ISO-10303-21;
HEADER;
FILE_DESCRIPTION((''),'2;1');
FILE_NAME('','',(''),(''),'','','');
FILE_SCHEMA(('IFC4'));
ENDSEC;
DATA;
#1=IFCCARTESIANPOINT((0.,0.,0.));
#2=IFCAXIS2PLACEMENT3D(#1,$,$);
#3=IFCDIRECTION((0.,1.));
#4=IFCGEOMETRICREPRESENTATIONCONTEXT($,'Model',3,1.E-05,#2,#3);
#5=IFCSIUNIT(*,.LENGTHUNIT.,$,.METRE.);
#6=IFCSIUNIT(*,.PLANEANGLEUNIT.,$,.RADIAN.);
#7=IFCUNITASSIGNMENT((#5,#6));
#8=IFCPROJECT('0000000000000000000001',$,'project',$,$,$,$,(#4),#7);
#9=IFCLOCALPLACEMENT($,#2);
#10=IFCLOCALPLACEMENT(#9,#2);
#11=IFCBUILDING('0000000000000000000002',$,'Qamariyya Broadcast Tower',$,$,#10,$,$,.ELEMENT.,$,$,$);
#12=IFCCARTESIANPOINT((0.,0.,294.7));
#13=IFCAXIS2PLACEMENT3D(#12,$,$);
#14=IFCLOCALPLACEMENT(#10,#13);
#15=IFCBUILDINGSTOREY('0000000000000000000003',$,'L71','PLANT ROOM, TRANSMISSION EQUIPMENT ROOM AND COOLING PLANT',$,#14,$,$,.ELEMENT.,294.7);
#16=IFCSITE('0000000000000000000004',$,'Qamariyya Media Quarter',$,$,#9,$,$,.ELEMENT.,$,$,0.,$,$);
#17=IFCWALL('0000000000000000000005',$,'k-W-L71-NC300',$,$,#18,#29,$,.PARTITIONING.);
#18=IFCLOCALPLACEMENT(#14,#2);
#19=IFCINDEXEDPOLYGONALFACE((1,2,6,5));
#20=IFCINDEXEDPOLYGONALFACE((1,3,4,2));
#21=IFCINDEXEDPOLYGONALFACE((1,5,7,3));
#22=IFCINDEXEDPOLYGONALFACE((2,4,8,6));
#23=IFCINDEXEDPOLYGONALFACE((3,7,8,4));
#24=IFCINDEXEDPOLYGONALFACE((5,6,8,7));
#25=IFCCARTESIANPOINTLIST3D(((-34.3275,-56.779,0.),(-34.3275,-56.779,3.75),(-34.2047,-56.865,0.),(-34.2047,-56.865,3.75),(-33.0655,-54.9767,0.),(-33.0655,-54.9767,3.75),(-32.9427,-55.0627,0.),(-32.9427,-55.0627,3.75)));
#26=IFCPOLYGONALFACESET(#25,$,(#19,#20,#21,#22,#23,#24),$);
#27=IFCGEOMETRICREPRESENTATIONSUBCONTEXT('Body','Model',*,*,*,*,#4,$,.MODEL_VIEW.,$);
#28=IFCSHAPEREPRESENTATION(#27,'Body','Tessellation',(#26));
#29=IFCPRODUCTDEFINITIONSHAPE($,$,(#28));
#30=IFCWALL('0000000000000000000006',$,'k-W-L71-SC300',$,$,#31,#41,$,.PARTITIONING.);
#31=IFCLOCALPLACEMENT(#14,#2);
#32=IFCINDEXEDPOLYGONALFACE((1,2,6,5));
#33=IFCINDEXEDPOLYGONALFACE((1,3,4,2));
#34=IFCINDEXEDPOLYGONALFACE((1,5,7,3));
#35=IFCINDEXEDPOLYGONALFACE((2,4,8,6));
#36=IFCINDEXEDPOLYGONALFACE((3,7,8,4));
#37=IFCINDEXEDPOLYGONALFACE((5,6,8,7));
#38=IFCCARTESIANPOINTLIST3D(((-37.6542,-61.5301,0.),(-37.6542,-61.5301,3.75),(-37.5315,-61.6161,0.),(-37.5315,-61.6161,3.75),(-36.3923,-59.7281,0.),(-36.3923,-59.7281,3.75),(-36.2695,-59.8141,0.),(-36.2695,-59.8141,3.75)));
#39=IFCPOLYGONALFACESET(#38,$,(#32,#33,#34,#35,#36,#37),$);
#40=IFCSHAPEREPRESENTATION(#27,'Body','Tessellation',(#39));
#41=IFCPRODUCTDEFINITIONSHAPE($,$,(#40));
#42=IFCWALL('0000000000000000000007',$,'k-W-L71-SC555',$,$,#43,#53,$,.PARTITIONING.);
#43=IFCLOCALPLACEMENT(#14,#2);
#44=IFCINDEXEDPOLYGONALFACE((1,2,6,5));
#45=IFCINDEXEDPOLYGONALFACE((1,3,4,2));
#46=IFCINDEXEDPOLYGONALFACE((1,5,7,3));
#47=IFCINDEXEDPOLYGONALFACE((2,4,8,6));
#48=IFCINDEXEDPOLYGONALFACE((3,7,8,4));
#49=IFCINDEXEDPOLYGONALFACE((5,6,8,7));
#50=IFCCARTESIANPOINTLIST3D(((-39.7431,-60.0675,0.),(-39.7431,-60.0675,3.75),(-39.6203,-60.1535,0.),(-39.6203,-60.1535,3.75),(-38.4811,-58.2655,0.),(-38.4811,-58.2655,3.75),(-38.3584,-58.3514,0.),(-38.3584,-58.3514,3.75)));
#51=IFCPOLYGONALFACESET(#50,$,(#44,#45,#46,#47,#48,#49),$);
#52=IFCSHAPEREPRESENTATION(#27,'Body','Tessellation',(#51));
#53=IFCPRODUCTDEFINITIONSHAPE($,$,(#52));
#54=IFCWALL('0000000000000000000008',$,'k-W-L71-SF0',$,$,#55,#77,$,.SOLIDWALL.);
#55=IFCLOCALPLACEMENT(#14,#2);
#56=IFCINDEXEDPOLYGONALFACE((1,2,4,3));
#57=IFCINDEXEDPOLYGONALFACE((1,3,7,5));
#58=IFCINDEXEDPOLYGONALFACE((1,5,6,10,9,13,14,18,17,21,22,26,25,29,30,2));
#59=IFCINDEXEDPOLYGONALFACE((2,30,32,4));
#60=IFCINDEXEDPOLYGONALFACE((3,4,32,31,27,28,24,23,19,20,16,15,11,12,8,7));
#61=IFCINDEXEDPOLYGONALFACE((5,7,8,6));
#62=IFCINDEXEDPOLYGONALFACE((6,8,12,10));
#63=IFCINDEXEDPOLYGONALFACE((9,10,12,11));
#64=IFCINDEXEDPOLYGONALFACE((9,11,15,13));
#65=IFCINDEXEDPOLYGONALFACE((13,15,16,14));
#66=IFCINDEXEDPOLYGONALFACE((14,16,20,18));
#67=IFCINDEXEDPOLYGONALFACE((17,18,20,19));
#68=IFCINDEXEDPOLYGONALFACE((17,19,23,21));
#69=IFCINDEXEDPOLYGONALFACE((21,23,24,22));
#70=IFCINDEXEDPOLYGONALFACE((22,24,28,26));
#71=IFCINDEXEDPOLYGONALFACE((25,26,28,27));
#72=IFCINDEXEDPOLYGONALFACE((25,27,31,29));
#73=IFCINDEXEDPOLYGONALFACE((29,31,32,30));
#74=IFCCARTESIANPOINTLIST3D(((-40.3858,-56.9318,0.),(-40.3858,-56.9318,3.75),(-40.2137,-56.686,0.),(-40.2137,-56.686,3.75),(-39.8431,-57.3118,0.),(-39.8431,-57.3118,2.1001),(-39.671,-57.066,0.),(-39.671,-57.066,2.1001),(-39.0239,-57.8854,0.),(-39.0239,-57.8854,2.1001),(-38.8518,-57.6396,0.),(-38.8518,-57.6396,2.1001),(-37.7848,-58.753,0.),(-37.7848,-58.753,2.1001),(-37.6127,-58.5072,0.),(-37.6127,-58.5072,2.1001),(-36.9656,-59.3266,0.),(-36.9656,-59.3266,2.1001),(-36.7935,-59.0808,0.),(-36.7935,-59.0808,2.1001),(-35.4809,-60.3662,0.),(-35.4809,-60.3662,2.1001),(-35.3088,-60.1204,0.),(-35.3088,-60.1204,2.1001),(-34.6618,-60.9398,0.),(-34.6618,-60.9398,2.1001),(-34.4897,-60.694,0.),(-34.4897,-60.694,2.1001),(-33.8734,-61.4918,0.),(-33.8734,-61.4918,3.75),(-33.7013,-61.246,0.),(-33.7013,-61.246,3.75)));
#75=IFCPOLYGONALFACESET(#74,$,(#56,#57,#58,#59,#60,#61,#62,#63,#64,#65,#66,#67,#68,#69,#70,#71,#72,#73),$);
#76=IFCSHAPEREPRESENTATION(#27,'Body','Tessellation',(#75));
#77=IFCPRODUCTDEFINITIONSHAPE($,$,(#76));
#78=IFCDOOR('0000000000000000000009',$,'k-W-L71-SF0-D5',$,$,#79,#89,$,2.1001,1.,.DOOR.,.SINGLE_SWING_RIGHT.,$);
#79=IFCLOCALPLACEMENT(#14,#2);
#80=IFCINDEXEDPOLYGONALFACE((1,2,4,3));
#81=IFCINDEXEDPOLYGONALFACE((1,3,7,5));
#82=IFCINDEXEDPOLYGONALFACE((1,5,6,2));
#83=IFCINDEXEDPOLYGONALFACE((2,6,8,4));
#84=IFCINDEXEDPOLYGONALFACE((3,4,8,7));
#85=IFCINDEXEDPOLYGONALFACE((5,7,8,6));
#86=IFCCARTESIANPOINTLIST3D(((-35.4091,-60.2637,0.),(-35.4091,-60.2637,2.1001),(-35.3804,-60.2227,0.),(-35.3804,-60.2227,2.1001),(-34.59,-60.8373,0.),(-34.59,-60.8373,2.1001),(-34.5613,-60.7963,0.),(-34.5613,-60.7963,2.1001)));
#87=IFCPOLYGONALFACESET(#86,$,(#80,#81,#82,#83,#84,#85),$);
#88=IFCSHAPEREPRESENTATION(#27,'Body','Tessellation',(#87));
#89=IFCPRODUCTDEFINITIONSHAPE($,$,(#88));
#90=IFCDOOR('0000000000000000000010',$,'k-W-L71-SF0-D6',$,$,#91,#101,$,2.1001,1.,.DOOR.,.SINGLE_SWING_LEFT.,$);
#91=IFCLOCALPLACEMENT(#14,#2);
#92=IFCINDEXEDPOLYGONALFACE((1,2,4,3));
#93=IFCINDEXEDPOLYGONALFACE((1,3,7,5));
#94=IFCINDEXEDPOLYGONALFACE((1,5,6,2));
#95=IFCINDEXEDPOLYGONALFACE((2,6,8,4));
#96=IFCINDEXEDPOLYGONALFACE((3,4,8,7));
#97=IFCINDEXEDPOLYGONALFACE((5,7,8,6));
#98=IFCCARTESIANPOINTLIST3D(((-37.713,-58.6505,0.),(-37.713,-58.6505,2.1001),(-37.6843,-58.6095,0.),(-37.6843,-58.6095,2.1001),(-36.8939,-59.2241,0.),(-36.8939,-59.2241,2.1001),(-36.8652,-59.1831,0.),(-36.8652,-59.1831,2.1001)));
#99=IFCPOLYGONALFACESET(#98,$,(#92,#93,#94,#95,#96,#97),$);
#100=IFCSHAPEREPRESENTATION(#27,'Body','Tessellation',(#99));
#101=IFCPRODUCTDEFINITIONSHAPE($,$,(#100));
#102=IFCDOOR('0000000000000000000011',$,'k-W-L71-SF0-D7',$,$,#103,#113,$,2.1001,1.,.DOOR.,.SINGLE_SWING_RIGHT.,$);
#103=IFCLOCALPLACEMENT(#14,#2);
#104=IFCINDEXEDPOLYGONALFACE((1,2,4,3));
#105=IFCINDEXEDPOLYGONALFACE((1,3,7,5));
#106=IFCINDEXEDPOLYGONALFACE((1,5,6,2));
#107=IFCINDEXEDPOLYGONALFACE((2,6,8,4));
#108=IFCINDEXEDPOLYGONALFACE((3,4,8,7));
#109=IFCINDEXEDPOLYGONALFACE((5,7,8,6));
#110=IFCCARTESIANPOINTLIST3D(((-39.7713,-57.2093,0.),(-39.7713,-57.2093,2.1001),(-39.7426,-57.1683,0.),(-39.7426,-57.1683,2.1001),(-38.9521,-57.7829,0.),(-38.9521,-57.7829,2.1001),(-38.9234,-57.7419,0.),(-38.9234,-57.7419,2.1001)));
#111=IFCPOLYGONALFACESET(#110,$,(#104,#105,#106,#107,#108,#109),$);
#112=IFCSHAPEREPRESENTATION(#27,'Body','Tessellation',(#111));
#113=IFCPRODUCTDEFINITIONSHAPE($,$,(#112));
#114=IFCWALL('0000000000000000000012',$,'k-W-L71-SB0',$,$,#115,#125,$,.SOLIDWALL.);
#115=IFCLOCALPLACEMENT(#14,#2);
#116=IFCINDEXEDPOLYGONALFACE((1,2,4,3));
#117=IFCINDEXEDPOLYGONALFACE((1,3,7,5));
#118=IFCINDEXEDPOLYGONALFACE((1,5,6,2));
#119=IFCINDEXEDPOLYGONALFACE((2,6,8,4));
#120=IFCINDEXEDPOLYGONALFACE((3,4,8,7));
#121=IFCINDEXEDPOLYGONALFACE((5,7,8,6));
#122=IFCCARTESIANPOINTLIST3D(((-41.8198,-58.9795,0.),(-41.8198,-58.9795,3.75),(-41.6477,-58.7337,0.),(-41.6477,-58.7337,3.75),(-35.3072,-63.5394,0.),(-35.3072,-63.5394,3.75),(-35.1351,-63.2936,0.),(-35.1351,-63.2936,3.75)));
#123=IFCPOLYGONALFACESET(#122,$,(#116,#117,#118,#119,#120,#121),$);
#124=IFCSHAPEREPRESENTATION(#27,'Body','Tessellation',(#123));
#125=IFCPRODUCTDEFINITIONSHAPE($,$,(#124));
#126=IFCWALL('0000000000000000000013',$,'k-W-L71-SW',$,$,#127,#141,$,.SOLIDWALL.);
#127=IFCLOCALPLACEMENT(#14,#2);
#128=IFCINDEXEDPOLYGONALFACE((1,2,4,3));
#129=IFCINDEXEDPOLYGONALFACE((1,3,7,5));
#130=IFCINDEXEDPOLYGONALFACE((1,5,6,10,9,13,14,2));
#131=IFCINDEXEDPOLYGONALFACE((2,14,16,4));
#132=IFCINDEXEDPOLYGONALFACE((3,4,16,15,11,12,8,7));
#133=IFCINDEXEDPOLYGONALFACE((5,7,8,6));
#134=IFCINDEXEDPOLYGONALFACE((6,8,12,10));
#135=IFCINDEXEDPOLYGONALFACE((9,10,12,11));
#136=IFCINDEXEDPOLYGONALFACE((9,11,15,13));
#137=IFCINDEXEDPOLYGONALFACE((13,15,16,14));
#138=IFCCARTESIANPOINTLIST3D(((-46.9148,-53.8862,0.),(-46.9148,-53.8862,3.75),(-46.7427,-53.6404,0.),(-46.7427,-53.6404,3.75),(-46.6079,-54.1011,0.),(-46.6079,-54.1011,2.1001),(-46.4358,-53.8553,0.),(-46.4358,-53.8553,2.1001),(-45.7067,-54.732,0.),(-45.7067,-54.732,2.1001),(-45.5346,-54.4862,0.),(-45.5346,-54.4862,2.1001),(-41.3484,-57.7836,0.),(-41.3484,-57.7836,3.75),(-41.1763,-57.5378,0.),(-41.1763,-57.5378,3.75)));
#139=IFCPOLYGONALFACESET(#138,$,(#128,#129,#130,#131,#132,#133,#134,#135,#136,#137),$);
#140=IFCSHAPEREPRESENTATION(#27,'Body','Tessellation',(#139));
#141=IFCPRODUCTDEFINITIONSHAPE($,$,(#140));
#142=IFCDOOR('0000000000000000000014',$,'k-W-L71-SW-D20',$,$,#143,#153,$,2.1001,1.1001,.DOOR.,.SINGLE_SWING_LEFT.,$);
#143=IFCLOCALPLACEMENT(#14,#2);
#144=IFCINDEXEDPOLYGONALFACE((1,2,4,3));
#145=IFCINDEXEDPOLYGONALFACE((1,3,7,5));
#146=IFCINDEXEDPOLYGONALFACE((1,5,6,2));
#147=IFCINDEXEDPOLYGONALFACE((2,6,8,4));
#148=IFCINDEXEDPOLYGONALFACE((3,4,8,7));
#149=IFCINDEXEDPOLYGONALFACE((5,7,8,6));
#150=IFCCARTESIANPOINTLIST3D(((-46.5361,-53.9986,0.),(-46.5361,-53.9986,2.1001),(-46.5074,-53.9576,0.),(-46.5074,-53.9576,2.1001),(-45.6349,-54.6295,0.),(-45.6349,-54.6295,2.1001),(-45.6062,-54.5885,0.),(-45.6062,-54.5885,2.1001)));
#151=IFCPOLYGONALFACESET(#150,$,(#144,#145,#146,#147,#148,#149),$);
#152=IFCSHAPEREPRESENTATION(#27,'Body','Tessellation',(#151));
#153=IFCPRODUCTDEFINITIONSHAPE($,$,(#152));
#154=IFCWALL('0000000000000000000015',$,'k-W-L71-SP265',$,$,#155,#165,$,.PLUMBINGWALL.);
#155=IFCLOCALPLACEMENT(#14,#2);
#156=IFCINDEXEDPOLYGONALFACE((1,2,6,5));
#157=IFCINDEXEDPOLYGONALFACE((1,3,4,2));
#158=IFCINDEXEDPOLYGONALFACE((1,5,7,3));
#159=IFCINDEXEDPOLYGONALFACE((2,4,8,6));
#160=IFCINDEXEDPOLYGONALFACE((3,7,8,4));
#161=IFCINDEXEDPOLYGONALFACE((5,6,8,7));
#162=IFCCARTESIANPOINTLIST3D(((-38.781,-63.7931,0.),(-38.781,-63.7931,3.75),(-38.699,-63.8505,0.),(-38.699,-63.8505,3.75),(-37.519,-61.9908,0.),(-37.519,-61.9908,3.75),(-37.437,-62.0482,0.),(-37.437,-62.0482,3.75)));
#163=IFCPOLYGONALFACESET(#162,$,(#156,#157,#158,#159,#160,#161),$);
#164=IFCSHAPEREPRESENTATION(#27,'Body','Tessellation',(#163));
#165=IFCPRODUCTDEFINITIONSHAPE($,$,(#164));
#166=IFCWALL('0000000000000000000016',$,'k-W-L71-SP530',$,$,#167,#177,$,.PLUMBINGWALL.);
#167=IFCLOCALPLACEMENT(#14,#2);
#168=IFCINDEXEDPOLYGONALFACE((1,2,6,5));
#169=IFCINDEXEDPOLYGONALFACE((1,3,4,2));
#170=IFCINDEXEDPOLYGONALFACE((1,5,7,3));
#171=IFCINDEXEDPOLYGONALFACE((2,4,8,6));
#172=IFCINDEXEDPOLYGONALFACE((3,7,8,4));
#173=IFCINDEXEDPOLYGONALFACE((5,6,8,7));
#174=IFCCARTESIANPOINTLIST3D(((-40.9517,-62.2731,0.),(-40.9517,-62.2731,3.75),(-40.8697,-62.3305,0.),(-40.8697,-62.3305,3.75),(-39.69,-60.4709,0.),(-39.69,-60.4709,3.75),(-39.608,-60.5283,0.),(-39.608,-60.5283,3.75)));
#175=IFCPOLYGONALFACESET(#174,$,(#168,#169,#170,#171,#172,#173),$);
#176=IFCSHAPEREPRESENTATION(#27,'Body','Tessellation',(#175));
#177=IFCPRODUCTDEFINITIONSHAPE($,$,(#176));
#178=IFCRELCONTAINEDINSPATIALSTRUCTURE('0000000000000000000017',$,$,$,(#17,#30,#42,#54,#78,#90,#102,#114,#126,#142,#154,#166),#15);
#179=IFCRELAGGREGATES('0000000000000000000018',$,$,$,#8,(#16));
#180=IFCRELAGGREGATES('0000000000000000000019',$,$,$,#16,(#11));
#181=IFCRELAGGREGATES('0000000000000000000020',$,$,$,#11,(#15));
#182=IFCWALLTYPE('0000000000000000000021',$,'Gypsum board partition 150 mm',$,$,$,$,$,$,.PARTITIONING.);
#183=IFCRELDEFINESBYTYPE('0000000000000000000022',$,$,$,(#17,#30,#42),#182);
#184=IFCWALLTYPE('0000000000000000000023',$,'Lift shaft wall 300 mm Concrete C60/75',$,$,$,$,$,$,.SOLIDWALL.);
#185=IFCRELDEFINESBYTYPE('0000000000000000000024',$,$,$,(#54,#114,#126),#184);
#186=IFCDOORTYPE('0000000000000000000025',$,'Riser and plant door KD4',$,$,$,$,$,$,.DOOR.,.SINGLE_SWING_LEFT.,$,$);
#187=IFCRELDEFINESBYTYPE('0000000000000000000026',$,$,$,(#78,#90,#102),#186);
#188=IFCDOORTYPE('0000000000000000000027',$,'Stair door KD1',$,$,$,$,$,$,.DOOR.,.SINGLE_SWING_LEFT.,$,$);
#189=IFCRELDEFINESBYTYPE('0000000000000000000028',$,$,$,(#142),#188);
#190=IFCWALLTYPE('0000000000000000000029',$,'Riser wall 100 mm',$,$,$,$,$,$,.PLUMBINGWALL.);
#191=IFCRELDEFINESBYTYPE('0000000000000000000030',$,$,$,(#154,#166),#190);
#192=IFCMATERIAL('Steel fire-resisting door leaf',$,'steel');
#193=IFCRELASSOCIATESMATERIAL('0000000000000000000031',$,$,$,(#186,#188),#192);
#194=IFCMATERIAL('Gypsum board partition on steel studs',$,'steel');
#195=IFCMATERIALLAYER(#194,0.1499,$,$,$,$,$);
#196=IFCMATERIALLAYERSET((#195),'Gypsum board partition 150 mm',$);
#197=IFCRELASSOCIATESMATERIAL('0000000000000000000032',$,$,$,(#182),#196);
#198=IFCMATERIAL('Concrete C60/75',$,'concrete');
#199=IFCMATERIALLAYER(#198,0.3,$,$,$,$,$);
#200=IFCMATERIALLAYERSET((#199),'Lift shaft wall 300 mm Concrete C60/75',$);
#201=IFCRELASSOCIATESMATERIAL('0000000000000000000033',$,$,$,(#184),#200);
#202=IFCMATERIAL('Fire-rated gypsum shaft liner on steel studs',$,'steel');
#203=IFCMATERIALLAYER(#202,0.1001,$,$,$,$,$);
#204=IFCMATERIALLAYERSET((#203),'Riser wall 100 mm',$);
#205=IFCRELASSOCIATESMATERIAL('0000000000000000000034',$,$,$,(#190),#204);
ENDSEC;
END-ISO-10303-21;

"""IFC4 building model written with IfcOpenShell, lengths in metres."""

from ifc_helpers import new_model, si_unit, direction, frame, frame_2d, origin, place, context, subcontext, project, spatial, rectangle, extrude, material, layer, layer_set, type_object, element, fill, save


model = new_model("IFC4")

# Units and contexts
model_context = context("Model", 3, precision=1e-05, world=origin(), true_north=direction((0.0, 1.0)))
body_context = subcontext(model_context, "Body", "Model", "MODEL_VIEW")
ifc_project = project(units=[si_unit("LENGTHUNIT", "METRE"), si_unit("PLANEANGLEUNIT", "RADIAN")], contexts=[model_context])

# Site, building, storey
site_placement = place(None, origin())
site = spatial("IfcSite", under=ifc_project, at=site_placement, Name="Qamariyya Media Quarter", CompositionType="ELEMENT", RefElevation=0.0)
building_placement = place(site_placement, origin())
building = spatial("IfcBuilding", under=site, at=building_placement, Name="Qamariyya Broadcast Tower", CompositionType="ELEMENT")
storey_placement = place(building_placement, frame((0.0, 0.0, 294.7)))
storey = spatial("IfcBuildingStorey", under=building, at=storey_placement, Name="L71", Description="PLANT ROOM, TRANSMISSION EQUIPMENT ROOM AND COOLING PLANT", CompositionType="ELEMENT", Elevation=294.7)

# Shared definitions
ifc_material_1 = material(Name="Concrete C60/75", Category="concrete")
ifc_material_2 = material(Name="Steel fire-resisting door leaf", Category="steel")

# Shared definitions
door_type_1 = type_object("IfcDoorType", Name="Riser and plant door KD4", OperationType="SINGLE_SWING_LEFT", PredefinedType="DOOR", material=ifc_material_2)
door_type_2 = type_object("IfcDoorType", Name="Stair door KD1", OperationType="SINGLE_SWING_LEFT", PredefinedType="DOOR", material=ifc_material_2)

# Walls
ifc_material_3 = material(Name="Gypsum board partition on steel studs", Category="steel")
ifc_layer_1 = layer(ifc_material_3, 0.1499)
ifc_layer_set_1 = layer_set([ifc_layer_1], Name="Gypsum board partition 150 mm")
wall_type_1 = type_object("IfcWallType", Name="Gypsum board partition 150 mm", PredefinedType="PARTITIONING", material=ifc_layer_set_1)
wall_1_placement = place(storey_placement, frame((-34.2661, -56.822, 0.0), z_axis=(0.0, 0.0, 1.0), x_axis=(0.573581, 0.819149, 0.0)))
element("IfcWall", 1, at=wall_1_placement, inside=storey, type_object=wall_type_1, Name="k-W-L71-NC300", PredefinedType="PARTITIONING", context=body_context, shape_type="SweptSolid", body=[
    extrude(rectangle(XDim=2.2002, YDim=0.1499, at=frame_2d((1.1001, 0.0))), origin(), (0.0, 0.0, 1.0), 3.75),
])
for number, where, z_axis, x_axis, name in (
    (2, (-36.3308, -59.771, 0.0), (0.0, 0.0, 1.0), (-0.573634, -0.819112, 0.0), "k-W-L71-SC300"),
    (3, (-38.4197, -58.3083, 0.0), (0.0, 0.0, 1.0), (-0.573634, -0.819112, 0.0), "k-W-L71-SC555"),
):
    element("IfcWall", number, at=place(storey_placement, frame(where, z_axis=z_axis, x_axis=x_axis)), inside=storey, type_object=wall_type_1, Name=name, PredefinedType="PARTITIONING", context=body_context, shape_type="SweptSolid", body=[
        extrude(rectangle(XDim=2.2, YDim=0.1499, at=frame_2d((1.1001, 0.0))), origin(), (0.0, 0.0, 1.0), 3.75),
    ])

# Wall, openings, doors
ifc_layer_2 = layer(ifc_material_1, 0.3)
ifc_layer_set_2 = layer_set([ifc_layer_2], Name="Lift shaft wall 300 mm Concrete C60/75")
wall_type_2 = type_object("IfcWallType", Name="Lift shaft wall 300 mm Concrete C60/75", PredefinedType="SOLIDWALL", material=ifc_layer_set_2)
wall_2_placement = place(storey_placement, frame((-33.7874, -61.3689, 0.0), z_axis=(0.0, 0.0, 1.0), x_axis=(-0.819153, 0.573576, 0.0)))
wall_2 = element("IfcWall", 4, at=wall_2_placement, inside=storey, type_object=wall_type_2, Name="k-W-L71-SF0", PredefinedType="SOLIDWALL", context=body_context, shape_type="SweptSolid", body=[
    extrude(rectangle(XDim=7.9502, YDim=0.3, at=frame_2d((3.9751, 0.0))), origin(), (0.0, 0.0, 1.0), 3.75),
])
opening_1_placement = place(wall_2_placement, frame((0.9624, 0.0, 0.0)))
opening_1 = element("IfcOpeningElement", 5, at=opening_1_placement, cuts=wall_2, PredefinedType="OPENING", context=body_context, shape_type="SweptSolid", body=[
    extrude(rectangle(XDim=1.0, YDim=2.1001, at=frame_2d((0.5, 1.05))), frame((0.0, 0.1599, 0.0), z_axis=(0.0, -1.0, 0.0), x_axis=(1.0, 0.0, 0.0)), (0.0, 0.0, 1.0), 0.3201),
])
opening_2_placement = place(wall_2_placement, frame((3.7749, 0.0, 0.0)))
opening_2 = element("IfcOpeningElement", 6, at=opening_2_placement, cuts=wall_2, PredefinedType="OPENING", context=body_context, shape_type="SweptSolid", body=[
    extrude(rectangle(XDim=1.0, YDim=2.1001, at=frame_2d((0.5, 1.05))), frame((0.0, 0.1599, 0.0), z_axis=(0.0, -1.0, 0.0), x_axis=(1.0, 0.0, 0.0)), (0.0, 0.0, 1.0), 0.3201),
])
opening_3_placement = place(wall_2_placement, frame((6.2876, 0.0, 0.0)))
opening_3 = element("IfcOpeningElement", 7, at=opening_3_placement, cuts=wall_2, PredefinedType="OPENING", context=body_context, shape_type="SweptSolid", body=[
    extrude(rectangle(XDim=1.0, YDim=2.1001, at=frame_2d((0.5, 1.05))), frame((0.0, 0.1599, 0.0), z_axis=(0.0, -1.0, 0.0), x_axis=(1.0, 0.0, 0.0)), (0.0, 0.0, 1.0), 0.3201),
])
door_1_placement = place(opening_1_placement, origin())
door_1 = element("IfcDoor", 8, at=door_1_placement, inside=storey, type_object=door_type_1, Name="k-W-L71-SF0-D5", OperationType="SINGLE_SWING_RIGHT", OverallHeight=2.1001, OverallWidth=1.0, PredefinedType="DOOR", context=body_context, shape_type="SweptSolid", body=[
    extrude(rectangle(XDim=1.0, YDim=2.1001, at=frame_2d((0.5, 1.05))), frame((0.0, 0.0249, 0.0), z_axis=(0.0, -1.0, 0.0), x_axis=(1.0, 0.0, 0.0)), (0.0, 0.0, 1.0), 0.05),
])
fill(opening_1, door_1)
door_2_placement = place(opening_2_placement, origin())
door_2 = element("IfcDoor", 9, at=door_2_placement, inside=storey, type_object=door_type_1, Name="k-W-L71-SF0-D6", OperationType="SINGLE_SWING_LEFT", OverallHeight=2.1001, OverallWidth=1.0, PredefinedType="DOOR", context=body_context, shape_type="SweptSolid", body=[
    extrude(rectangle(XDim=1.0, YDim=2.1001, at=frame_2d((0.5, 1.05))), frame((0.0, 0.0249, 0.0), z_axis=(0.0, -1.0, 0.0), x_axis=(1.0, 0.0, 0.0)), (0.0, 0.0, 1.0), 0.05),
])
fill(opening_2, door_2)
door_3_placement = place(opening_3_placement, origin())
door_3 = element("IfcDoor", 10, at=door_3_placement, inside=storey, type_object=door_type_1, Name="k-W-L71-SF0-D7", OperationType="SINGLE_SWING_RIGHT", OverallHeight=2.1001, OverallWidth=1.0, PredefinedType="DOOR", context=body_context, shape_type="SweptSolid", body=[
    extrude(rectangle(XDim=1.0, YDim=2.1001, at=frame_2d((0.5, 1.05))), frame((0.0, 0.0249, 0.0), z_axis=(0.0, -1.0, 0.0), x_axis=(1.0, 0.0, 0.0)), (0.0, 0.0, 1.0), 0.05),
])
fill(opening_3, door_3)

# Wall
wall_3_placement = place(storey_placement, frame((-35.2212, -63.4165, 0.0), z_axis=(0.0, 0.0, 1.0), x_axis=(-0.819167, 0.573555, 0.0)))
element("IfcWall", 11, at=wall_3_placement, inside=storey, type_object=wall_type_2, Name="k-W-L71-SB0", PredefinedType="SOLIDWALL", context=body_context, shape_type="SweptSolid", body=[
    extrude(rectangle(XDim=7.9502, YDim=0.3, at=frame_2d((3.9751, 0.0))), origin(), (0.0, 0.0, 1.0), 3.75),
])

# Wall, opening, door
wall_4_placement = place(storey_placement, frame((-41.2625, -57.6606, 0.0), z_axis=(0.0, 0.0, 1.0), x_axis=(-0.819164, 0.573559, 0.0)))
wall_4 = element("IfcWall", 12, at=wall_4_placement, inside=storey, type_object=wall_type_2, Name="k-W-L71-SW", PredefinedType="SOLIDWALL", context=body_context, shape_type="SweptSolid", body=[
    extrude(rectangle(XDim=6.7952, YDim=0.3, at=frame_2d((3.3975, 0.0))), origin(), (0.0, 0.0, 1.0), 3.75),
])
opening_4_placement = place(wall_4_placement, frame((5.3203, 0.0, 0.0)))
opening_4 = element("IfcOpeningElement", 13, at=opening_4_placement, cuts=wall_4, PredefinedType="OPENING", context=body_context, shape_type="SweptSolid", body=[
    extrude(rectangle(XDim=1.1001, YDim=2.1001, at=frame_2d((0.55, 1.05))), frame((0.0, 0.1599, 0.0), z_axis=(0.0, -1.0, 0.0), x_axis=(1.0, 0.0, 0.0)), (0.0, 0.0, 1.0), 0.3201),
])
door_4_placement = place(opening_4_placement, origin())
door_4 = element("IfcDoor", 14, at=door_4_placement, inside=storey, type_object=door_type_2, Name="k-W-L71-SW-D20", OperationType="SINGLE_SWING_LEFT", OverallHeight=2.1001, OverallWidth=1.1001, PredefinedType="DOOR", context=body_context, shape_type="SweptSolid", body=[
    extrude(rectangle(XDim=1.1001, YDim=2.1001, at=frame_2d((0.55, 1.05))), frame((0.0, 0.0249, 0.0), z_axis=(0.0, -1.0, 0.0), x_axis=(1.0, 0.0, 0.0)), (0.0, 0.0, 1.0), 0.05),
])
fill(opening_4, door_4)

# Walls
ifc_material_4 = material(Name="Fire-rated gypsum shaft liner on steel studs", Category="steel")
ifc_layer_3 = layer(ifc_material_4, 0.1001)
ifc_layer_set_3 = layer_set([ifc_layer_3], Name="Riser wall 100 mm")
wall_type_3 = type_object("IfcWallType", Name="Riser wall 100 mm", PredefinedType="PLUMBINGWALL", material=ifc_layer_set_3)
wall_5_placement = place(storey_placement, frame((-37.478, -62.0195, 0.0), z_axis=(0.0, 0.0, 1.0), x_axis=(-0.573581, -0.819149, 0.0)))
element("IfcWall", 15, at=wall_5_placement, inside=storey, type_object=wall_type_3, Name="k-W-L71-SP265", PredefinedType="PLUMBINGWALL", context=body_context, shape_type="SweptSolid", body=[
    extrude(rectangle(XDim=2.2002, YDim=0.1001, at=frame_2d((1.1001, 0.0))), origin(), (0.0, 0.0, 1.0), 3.75),
])
wall_6_placement = place(storey_placement, frame((-39.6489, -60.4995, 0.0), z_axis=(0.0, 0.0, 1.0), x_axis=(-0.573507, -0.819201, 0.0)))
element("IfcWall", 16, at=wall_6_placement, inside=storey, type_object=wall_type_3, Name="k-W-L71-SP530", PredefinedType="PLUMBINGWALL", context=body_context, shape_type="SweptSolid", body=[
    extrude(rectangle(XDim=2.2, YDim=0.1001, at=frame_2d((1.1001, 0.0))), origin(), (0.0, 0.0, 1.0), 3.75),
])

save(model, "model.ifc")
